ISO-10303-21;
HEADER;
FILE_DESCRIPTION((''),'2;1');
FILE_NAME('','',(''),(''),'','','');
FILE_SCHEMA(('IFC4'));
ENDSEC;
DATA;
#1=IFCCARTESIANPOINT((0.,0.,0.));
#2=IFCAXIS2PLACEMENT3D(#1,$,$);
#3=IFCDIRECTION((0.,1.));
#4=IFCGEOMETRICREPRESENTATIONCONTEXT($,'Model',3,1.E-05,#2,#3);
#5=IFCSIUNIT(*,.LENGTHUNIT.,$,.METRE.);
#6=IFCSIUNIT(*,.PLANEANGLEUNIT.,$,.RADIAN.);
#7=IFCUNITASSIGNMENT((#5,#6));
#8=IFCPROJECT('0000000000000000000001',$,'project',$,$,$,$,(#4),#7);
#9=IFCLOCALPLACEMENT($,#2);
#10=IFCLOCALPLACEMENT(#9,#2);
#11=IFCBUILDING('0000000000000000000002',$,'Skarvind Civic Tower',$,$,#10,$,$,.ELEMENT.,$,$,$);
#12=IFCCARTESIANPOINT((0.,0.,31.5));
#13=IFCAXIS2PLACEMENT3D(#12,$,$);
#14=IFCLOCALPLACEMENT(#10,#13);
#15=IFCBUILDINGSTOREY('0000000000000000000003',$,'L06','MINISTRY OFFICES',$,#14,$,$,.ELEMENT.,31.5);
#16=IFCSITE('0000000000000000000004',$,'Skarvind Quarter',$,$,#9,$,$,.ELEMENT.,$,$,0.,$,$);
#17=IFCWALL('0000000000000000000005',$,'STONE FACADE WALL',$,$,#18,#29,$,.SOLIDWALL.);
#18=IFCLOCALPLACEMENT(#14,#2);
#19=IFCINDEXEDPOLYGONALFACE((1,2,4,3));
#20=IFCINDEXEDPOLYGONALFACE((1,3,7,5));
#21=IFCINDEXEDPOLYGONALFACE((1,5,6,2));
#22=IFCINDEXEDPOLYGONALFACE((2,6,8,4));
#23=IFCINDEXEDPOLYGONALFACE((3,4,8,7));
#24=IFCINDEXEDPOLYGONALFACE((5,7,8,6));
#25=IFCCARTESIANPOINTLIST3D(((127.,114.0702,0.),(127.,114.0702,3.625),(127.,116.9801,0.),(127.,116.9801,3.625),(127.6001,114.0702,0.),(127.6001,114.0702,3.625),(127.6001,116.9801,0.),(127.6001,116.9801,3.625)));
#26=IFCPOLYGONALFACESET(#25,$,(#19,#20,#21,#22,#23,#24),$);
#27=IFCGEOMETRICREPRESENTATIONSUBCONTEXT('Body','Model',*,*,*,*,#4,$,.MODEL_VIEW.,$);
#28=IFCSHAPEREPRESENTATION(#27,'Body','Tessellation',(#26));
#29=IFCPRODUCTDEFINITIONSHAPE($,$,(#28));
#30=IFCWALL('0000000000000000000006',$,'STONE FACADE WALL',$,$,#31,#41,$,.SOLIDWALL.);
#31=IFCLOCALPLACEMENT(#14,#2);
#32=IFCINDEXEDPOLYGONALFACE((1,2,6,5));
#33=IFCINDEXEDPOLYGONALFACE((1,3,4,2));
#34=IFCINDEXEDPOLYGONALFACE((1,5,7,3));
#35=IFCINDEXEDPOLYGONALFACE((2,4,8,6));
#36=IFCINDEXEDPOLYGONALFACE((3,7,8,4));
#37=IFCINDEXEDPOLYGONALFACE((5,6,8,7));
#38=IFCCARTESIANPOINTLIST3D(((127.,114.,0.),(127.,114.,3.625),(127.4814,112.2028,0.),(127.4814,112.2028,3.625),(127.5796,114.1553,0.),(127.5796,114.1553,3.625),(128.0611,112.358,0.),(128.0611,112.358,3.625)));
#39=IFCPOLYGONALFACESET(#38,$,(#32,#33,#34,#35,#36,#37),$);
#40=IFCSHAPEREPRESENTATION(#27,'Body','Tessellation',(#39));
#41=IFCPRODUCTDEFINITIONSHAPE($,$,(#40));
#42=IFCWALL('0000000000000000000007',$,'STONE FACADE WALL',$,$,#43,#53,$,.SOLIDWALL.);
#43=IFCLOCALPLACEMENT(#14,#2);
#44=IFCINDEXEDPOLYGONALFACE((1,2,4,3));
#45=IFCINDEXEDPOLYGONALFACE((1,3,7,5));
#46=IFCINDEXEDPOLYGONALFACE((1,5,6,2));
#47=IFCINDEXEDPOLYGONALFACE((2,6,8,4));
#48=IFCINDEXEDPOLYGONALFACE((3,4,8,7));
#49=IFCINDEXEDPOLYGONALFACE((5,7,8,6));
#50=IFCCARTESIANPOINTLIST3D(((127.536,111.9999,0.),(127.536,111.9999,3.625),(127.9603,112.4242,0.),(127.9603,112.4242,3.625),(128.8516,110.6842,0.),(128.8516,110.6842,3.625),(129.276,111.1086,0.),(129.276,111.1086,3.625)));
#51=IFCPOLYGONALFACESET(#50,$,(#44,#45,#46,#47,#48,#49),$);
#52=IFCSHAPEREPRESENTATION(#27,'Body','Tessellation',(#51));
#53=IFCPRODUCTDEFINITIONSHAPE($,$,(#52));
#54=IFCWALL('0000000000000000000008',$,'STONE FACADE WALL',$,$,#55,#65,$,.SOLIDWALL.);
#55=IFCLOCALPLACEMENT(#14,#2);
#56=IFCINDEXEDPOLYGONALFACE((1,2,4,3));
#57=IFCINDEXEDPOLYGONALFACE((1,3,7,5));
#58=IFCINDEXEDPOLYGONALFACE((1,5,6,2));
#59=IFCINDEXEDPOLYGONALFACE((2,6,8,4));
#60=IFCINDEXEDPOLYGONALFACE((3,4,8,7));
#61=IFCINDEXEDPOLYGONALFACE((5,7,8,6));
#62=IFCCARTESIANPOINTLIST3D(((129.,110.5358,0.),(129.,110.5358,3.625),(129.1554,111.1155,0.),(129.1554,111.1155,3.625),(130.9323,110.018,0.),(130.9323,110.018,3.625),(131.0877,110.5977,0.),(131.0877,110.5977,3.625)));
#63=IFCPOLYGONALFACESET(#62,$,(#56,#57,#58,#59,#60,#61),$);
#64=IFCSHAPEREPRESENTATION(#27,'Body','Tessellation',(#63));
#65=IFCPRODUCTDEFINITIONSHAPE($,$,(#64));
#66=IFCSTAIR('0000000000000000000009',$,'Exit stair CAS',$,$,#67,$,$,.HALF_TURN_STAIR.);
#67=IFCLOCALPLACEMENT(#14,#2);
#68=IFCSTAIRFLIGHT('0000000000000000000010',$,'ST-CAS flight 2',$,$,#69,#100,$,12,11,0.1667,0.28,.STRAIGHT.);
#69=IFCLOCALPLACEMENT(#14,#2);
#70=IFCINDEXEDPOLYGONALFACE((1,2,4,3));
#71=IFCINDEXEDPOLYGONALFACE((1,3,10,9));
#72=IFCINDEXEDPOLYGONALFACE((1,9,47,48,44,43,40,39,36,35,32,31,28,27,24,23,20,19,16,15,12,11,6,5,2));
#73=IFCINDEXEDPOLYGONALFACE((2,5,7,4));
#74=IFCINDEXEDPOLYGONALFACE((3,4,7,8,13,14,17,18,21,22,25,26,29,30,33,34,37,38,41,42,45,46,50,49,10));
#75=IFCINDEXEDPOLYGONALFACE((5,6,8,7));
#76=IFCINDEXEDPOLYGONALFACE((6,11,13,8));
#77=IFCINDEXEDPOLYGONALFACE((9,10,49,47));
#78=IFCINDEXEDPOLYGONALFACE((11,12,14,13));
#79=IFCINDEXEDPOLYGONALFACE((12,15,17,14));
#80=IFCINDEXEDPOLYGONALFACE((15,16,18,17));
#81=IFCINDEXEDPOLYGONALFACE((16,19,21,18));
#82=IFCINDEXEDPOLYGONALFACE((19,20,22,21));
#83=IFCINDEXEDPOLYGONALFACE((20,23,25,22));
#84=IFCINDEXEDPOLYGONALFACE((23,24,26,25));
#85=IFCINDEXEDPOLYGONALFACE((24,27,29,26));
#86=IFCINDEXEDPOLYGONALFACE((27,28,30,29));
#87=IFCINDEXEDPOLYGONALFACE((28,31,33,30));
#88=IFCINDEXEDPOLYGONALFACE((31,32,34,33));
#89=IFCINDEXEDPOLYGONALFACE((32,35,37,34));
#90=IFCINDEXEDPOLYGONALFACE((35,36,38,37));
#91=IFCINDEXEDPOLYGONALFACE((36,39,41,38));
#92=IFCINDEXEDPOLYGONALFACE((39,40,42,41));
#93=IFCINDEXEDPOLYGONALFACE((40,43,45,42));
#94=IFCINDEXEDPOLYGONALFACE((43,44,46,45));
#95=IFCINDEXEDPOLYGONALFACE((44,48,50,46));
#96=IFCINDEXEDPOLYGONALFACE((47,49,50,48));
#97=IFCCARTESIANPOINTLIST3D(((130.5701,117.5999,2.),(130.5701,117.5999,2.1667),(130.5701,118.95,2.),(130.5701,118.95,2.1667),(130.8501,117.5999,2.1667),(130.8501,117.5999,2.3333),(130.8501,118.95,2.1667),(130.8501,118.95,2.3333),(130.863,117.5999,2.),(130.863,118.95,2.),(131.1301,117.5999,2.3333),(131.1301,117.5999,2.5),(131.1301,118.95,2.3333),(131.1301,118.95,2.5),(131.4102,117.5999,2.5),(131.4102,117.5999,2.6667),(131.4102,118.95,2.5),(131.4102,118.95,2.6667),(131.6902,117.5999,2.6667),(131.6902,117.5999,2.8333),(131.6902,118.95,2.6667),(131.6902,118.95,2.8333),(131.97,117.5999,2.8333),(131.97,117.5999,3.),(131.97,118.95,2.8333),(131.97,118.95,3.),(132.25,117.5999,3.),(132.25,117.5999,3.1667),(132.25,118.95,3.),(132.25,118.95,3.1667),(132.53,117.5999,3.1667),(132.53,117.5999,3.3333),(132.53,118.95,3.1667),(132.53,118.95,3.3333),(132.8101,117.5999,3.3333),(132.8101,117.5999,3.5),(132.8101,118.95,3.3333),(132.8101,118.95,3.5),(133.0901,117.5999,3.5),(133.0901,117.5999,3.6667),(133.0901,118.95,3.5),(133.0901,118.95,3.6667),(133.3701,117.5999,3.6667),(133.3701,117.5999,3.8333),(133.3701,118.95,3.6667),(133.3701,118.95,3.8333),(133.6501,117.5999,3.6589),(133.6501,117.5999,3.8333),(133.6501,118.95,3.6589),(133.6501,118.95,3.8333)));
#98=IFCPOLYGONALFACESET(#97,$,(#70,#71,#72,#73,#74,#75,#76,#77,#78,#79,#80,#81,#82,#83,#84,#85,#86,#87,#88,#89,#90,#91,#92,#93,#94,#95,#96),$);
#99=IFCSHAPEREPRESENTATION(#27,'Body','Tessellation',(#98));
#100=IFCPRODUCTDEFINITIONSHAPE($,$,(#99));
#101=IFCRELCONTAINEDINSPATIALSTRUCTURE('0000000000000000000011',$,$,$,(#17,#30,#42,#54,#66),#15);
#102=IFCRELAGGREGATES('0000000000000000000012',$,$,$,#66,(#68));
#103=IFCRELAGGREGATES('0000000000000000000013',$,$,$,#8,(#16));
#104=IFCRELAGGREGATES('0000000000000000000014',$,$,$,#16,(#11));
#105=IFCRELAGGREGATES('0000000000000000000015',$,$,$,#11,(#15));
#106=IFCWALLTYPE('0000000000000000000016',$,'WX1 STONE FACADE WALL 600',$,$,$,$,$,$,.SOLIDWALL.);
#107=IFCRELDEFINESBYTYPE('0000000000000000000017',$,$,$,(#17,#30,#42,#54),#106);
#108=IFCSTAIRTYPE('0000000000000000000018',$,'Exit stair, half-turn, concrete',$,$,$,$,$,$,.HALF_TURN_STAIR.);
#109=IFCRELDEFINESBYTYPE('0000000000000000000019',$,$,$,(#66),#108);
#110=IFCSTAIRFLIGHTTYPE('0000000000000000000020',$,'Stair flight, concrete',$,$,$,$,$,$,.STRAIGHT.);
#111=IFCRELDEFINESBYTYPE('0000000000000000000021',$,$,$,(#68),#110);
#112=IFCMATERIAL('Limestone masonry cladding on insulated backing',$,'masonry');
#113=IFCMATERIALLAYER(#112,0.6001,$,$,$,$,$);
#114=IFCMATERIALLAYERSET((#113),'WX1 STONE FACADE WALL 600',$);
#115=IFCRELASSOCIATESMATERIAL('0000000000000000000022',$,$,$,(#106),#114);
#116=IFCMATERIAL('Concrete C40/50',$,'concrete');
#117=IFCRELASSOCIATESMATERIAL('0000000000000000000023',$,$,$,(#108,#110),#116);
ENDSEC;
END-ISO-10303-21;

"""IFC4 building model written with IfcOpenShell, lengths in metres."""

from ifc_helpers import new_model, si_unit, direction, frame, frame_2d, origin, place, context, subcontext, project, spatial, polyline, rectangle, outline, extrude, material, layer, layer_set, type_object, element, aggregate, save


model = new_model("IFC4")

# Units and contexts
model_context = context("Model", 3, precision=1e-05, world=origin(), true_north=direction((0.0, 1.0)))
body_context = subcontext(model_context, "Body", "Model", "MODEL_VIEW")
ifc_project = project(units=[si_unit("LENGTHUNIT", "METRE"), si_unit("PLANEANGLEUNIT", "RADIAN")], contexts=[model_context])

# Site, building, storey
site_placement = place(None, origin())
site = spatial("IfcSite", under=ifc_project, at=site_placement, Name="Skarvind Quarter", CompositionType="ELEMENT", RefElevation=0.0)
building_placement = place(site_placement, origin())
building = spatial("IfcBuilding", under=site, at=building_placement, Name="Skarvind Civic Tower", CompositionType="ELEMENT")
storey_placement = place(building_placement, frame((0.0, 0.0, 31.5)))
storey = spatial("IfcBuildingStorey", under=building, at=storey_placement, Name="L06", Description="MINISTRY OFFICES", CompositionType="ELEMENT", Elevation=31.5)

# Walls
ifc_material_1 = material(Name="Limestone masonry cladding on insulated backing", Category="masonry")
ifc_layer_1 = layer(ifc_material_1, 0.6001)
ifc_layer_set_1 = layer_set([ifc_layer_1], Name="WX1 STONE FACADE WALL 600")
wall_type_1 = type_object("IfcWallType", Name="WX1 STONE FACADE WALL 600", PredefinedType="SOLIDWALL", material=ifc_layer_set_1)
wall_1_placement = place(storey_placement, frame((127.3, 114.0701, 0.0), z_axis=(0.0, 0.0, 1.0), x_axis=(0.0, 1.0, 0.0)))
element("IfcWall", 1, at=wall_1_placement, inside=storey, type_object=wall_type_1, Name="STONE FACADE WALL", PredefinedType="SOLIDWALL", context=body_context, shape_type="SweptSolid", body=[
    extrude(rectangle(XDim=2.9099, YDim=0.6001, at=frame_2d((1.4551, 0.0))), origin(), (0.0, 0.0, 1.0), 3.625),
])
for number, where, z_axis, x_axis, name in (
    (2, (127.7712, 112.2805, 0.0), (0.0, 0.0, 1.0), (-0.258773, 0.965938, 0.0), "STONE FACADE WALL"),
    (3, (129.0637, 110.8965, 0.0), (0.0, 0.0, 1.0), (-0.707107, 0.707107, 0.0), "STONE FACADE WALL"),
):
    element("IfcWall", number, at=place(storey_placement, frame(where, z_axis=z_axis, x_axis=x_axis)), inside=storey, type_object=wall_type_1, Name=name, PredefinedType="SOLIDWALL", context=body_context, shape_type="SweptSolid", body=[
        extrude(rectangle(XDim=1.8606, YDim=0.6001, at=frame_2d((0.9302, 0.0))), origin(), (0.0, 0.0, 1.0), 3.625),
    ])
wall_2_placement = place(storey_placement, frame((131.01, 110.3079, 0.0), z_axis=(0.0, 0.0, 1.0), x_axis=(-0.96592, 0.25884, 0.0)))
element("IfcWall", 4, at=wall_2_placement, inside=storey, type_object=wall_type_1, Name="STONE FACADE WALL", PredefinedType="SOLIDWALL", context=body_context, shape_type="SweptSolid", body=[
    extrude(rectangle(XDim=2.0005, YDim=0.6001, at=frame_2d((1.0002, 0.0))), origin(), (0.0, 0.0, 1.0), 3.625),
])

# Stair, stair flight
ifc_material_2 = material(Name="Concrete C40/50", Category="concrete")
stair_type = type_object("IfcStairType", Name="Exit stair, half-turn, concrete", PredefinedType="HALF_TURN_STAIR", material=ifc_material_2)
stair_placement = place(storey_placement, origin())
stair = element("IfcStair", 5, at=stair_placement, inside=storey, type_object=stair_type, Name="Exit stair CAS", PredefinedType="HALF_TURN_STAIR")
stair_flight_type = type_object("IfcStairFlightType", Name="Stair flight, concrete", PredefinedType="STRAIGHT", material=ifc_material_2)
stair_flight_placement = place(storey_placement, frame((130.5701, 118.2749, 2.0), z_axis=(0.0, 0.0, 1.0), x_axis=(1.0, 0.0, 0.0)))
stair_flight = element("IfcStairFlight", 6, at=stair_flight_placement, type_object=stair_flight_type, Name="ST-CAS flight 2", NumberOfRisers=12, NumberOfTreads=11, PredefinedType="STRAIGHT", RiserHeight=0.1667, TreadLength=0.28, context=body_context, shape_type="SweptSolid", body=[
    extrude(outline(polyline([(0.0, 0.0), (0.0, 0.1667), (0.28, 0.1667), (0.28, 0.3333), (0.5601, 0.3333), (0.5601, 0.5), (0.8401, 0.5), (0.8401, 0.6667), (1.1201, 0.6667), (1.1201, 0.8333), (1.3999, 0.8333), (1.3999, 1.0), (1.6799, 1.0), (1.6799, 1.1667), (1.96, 1.1667), (1.96, 1.3333), (2.24, 1.3333), (2.24, 1.5), (2.52, 1.5), (2.52, 1.6667), (2.8, 1.6667), (2.8, 1.8333), (3.0801, 1.8333), (3.0801, 2.0), (3.0801, 1.6589), (0.293, 0.0), (0.0, 0.0)])), frame((0.0, 0.675, 0.0), z_axis=(0.0, -1.0, 0.0), x_axis=(1.0, 0.0, 0.0)), (0.0, 0.0, 1.0), 1.3501),
])
aggregate(stair, [stair_flight])

save(model, "model.ifc")
